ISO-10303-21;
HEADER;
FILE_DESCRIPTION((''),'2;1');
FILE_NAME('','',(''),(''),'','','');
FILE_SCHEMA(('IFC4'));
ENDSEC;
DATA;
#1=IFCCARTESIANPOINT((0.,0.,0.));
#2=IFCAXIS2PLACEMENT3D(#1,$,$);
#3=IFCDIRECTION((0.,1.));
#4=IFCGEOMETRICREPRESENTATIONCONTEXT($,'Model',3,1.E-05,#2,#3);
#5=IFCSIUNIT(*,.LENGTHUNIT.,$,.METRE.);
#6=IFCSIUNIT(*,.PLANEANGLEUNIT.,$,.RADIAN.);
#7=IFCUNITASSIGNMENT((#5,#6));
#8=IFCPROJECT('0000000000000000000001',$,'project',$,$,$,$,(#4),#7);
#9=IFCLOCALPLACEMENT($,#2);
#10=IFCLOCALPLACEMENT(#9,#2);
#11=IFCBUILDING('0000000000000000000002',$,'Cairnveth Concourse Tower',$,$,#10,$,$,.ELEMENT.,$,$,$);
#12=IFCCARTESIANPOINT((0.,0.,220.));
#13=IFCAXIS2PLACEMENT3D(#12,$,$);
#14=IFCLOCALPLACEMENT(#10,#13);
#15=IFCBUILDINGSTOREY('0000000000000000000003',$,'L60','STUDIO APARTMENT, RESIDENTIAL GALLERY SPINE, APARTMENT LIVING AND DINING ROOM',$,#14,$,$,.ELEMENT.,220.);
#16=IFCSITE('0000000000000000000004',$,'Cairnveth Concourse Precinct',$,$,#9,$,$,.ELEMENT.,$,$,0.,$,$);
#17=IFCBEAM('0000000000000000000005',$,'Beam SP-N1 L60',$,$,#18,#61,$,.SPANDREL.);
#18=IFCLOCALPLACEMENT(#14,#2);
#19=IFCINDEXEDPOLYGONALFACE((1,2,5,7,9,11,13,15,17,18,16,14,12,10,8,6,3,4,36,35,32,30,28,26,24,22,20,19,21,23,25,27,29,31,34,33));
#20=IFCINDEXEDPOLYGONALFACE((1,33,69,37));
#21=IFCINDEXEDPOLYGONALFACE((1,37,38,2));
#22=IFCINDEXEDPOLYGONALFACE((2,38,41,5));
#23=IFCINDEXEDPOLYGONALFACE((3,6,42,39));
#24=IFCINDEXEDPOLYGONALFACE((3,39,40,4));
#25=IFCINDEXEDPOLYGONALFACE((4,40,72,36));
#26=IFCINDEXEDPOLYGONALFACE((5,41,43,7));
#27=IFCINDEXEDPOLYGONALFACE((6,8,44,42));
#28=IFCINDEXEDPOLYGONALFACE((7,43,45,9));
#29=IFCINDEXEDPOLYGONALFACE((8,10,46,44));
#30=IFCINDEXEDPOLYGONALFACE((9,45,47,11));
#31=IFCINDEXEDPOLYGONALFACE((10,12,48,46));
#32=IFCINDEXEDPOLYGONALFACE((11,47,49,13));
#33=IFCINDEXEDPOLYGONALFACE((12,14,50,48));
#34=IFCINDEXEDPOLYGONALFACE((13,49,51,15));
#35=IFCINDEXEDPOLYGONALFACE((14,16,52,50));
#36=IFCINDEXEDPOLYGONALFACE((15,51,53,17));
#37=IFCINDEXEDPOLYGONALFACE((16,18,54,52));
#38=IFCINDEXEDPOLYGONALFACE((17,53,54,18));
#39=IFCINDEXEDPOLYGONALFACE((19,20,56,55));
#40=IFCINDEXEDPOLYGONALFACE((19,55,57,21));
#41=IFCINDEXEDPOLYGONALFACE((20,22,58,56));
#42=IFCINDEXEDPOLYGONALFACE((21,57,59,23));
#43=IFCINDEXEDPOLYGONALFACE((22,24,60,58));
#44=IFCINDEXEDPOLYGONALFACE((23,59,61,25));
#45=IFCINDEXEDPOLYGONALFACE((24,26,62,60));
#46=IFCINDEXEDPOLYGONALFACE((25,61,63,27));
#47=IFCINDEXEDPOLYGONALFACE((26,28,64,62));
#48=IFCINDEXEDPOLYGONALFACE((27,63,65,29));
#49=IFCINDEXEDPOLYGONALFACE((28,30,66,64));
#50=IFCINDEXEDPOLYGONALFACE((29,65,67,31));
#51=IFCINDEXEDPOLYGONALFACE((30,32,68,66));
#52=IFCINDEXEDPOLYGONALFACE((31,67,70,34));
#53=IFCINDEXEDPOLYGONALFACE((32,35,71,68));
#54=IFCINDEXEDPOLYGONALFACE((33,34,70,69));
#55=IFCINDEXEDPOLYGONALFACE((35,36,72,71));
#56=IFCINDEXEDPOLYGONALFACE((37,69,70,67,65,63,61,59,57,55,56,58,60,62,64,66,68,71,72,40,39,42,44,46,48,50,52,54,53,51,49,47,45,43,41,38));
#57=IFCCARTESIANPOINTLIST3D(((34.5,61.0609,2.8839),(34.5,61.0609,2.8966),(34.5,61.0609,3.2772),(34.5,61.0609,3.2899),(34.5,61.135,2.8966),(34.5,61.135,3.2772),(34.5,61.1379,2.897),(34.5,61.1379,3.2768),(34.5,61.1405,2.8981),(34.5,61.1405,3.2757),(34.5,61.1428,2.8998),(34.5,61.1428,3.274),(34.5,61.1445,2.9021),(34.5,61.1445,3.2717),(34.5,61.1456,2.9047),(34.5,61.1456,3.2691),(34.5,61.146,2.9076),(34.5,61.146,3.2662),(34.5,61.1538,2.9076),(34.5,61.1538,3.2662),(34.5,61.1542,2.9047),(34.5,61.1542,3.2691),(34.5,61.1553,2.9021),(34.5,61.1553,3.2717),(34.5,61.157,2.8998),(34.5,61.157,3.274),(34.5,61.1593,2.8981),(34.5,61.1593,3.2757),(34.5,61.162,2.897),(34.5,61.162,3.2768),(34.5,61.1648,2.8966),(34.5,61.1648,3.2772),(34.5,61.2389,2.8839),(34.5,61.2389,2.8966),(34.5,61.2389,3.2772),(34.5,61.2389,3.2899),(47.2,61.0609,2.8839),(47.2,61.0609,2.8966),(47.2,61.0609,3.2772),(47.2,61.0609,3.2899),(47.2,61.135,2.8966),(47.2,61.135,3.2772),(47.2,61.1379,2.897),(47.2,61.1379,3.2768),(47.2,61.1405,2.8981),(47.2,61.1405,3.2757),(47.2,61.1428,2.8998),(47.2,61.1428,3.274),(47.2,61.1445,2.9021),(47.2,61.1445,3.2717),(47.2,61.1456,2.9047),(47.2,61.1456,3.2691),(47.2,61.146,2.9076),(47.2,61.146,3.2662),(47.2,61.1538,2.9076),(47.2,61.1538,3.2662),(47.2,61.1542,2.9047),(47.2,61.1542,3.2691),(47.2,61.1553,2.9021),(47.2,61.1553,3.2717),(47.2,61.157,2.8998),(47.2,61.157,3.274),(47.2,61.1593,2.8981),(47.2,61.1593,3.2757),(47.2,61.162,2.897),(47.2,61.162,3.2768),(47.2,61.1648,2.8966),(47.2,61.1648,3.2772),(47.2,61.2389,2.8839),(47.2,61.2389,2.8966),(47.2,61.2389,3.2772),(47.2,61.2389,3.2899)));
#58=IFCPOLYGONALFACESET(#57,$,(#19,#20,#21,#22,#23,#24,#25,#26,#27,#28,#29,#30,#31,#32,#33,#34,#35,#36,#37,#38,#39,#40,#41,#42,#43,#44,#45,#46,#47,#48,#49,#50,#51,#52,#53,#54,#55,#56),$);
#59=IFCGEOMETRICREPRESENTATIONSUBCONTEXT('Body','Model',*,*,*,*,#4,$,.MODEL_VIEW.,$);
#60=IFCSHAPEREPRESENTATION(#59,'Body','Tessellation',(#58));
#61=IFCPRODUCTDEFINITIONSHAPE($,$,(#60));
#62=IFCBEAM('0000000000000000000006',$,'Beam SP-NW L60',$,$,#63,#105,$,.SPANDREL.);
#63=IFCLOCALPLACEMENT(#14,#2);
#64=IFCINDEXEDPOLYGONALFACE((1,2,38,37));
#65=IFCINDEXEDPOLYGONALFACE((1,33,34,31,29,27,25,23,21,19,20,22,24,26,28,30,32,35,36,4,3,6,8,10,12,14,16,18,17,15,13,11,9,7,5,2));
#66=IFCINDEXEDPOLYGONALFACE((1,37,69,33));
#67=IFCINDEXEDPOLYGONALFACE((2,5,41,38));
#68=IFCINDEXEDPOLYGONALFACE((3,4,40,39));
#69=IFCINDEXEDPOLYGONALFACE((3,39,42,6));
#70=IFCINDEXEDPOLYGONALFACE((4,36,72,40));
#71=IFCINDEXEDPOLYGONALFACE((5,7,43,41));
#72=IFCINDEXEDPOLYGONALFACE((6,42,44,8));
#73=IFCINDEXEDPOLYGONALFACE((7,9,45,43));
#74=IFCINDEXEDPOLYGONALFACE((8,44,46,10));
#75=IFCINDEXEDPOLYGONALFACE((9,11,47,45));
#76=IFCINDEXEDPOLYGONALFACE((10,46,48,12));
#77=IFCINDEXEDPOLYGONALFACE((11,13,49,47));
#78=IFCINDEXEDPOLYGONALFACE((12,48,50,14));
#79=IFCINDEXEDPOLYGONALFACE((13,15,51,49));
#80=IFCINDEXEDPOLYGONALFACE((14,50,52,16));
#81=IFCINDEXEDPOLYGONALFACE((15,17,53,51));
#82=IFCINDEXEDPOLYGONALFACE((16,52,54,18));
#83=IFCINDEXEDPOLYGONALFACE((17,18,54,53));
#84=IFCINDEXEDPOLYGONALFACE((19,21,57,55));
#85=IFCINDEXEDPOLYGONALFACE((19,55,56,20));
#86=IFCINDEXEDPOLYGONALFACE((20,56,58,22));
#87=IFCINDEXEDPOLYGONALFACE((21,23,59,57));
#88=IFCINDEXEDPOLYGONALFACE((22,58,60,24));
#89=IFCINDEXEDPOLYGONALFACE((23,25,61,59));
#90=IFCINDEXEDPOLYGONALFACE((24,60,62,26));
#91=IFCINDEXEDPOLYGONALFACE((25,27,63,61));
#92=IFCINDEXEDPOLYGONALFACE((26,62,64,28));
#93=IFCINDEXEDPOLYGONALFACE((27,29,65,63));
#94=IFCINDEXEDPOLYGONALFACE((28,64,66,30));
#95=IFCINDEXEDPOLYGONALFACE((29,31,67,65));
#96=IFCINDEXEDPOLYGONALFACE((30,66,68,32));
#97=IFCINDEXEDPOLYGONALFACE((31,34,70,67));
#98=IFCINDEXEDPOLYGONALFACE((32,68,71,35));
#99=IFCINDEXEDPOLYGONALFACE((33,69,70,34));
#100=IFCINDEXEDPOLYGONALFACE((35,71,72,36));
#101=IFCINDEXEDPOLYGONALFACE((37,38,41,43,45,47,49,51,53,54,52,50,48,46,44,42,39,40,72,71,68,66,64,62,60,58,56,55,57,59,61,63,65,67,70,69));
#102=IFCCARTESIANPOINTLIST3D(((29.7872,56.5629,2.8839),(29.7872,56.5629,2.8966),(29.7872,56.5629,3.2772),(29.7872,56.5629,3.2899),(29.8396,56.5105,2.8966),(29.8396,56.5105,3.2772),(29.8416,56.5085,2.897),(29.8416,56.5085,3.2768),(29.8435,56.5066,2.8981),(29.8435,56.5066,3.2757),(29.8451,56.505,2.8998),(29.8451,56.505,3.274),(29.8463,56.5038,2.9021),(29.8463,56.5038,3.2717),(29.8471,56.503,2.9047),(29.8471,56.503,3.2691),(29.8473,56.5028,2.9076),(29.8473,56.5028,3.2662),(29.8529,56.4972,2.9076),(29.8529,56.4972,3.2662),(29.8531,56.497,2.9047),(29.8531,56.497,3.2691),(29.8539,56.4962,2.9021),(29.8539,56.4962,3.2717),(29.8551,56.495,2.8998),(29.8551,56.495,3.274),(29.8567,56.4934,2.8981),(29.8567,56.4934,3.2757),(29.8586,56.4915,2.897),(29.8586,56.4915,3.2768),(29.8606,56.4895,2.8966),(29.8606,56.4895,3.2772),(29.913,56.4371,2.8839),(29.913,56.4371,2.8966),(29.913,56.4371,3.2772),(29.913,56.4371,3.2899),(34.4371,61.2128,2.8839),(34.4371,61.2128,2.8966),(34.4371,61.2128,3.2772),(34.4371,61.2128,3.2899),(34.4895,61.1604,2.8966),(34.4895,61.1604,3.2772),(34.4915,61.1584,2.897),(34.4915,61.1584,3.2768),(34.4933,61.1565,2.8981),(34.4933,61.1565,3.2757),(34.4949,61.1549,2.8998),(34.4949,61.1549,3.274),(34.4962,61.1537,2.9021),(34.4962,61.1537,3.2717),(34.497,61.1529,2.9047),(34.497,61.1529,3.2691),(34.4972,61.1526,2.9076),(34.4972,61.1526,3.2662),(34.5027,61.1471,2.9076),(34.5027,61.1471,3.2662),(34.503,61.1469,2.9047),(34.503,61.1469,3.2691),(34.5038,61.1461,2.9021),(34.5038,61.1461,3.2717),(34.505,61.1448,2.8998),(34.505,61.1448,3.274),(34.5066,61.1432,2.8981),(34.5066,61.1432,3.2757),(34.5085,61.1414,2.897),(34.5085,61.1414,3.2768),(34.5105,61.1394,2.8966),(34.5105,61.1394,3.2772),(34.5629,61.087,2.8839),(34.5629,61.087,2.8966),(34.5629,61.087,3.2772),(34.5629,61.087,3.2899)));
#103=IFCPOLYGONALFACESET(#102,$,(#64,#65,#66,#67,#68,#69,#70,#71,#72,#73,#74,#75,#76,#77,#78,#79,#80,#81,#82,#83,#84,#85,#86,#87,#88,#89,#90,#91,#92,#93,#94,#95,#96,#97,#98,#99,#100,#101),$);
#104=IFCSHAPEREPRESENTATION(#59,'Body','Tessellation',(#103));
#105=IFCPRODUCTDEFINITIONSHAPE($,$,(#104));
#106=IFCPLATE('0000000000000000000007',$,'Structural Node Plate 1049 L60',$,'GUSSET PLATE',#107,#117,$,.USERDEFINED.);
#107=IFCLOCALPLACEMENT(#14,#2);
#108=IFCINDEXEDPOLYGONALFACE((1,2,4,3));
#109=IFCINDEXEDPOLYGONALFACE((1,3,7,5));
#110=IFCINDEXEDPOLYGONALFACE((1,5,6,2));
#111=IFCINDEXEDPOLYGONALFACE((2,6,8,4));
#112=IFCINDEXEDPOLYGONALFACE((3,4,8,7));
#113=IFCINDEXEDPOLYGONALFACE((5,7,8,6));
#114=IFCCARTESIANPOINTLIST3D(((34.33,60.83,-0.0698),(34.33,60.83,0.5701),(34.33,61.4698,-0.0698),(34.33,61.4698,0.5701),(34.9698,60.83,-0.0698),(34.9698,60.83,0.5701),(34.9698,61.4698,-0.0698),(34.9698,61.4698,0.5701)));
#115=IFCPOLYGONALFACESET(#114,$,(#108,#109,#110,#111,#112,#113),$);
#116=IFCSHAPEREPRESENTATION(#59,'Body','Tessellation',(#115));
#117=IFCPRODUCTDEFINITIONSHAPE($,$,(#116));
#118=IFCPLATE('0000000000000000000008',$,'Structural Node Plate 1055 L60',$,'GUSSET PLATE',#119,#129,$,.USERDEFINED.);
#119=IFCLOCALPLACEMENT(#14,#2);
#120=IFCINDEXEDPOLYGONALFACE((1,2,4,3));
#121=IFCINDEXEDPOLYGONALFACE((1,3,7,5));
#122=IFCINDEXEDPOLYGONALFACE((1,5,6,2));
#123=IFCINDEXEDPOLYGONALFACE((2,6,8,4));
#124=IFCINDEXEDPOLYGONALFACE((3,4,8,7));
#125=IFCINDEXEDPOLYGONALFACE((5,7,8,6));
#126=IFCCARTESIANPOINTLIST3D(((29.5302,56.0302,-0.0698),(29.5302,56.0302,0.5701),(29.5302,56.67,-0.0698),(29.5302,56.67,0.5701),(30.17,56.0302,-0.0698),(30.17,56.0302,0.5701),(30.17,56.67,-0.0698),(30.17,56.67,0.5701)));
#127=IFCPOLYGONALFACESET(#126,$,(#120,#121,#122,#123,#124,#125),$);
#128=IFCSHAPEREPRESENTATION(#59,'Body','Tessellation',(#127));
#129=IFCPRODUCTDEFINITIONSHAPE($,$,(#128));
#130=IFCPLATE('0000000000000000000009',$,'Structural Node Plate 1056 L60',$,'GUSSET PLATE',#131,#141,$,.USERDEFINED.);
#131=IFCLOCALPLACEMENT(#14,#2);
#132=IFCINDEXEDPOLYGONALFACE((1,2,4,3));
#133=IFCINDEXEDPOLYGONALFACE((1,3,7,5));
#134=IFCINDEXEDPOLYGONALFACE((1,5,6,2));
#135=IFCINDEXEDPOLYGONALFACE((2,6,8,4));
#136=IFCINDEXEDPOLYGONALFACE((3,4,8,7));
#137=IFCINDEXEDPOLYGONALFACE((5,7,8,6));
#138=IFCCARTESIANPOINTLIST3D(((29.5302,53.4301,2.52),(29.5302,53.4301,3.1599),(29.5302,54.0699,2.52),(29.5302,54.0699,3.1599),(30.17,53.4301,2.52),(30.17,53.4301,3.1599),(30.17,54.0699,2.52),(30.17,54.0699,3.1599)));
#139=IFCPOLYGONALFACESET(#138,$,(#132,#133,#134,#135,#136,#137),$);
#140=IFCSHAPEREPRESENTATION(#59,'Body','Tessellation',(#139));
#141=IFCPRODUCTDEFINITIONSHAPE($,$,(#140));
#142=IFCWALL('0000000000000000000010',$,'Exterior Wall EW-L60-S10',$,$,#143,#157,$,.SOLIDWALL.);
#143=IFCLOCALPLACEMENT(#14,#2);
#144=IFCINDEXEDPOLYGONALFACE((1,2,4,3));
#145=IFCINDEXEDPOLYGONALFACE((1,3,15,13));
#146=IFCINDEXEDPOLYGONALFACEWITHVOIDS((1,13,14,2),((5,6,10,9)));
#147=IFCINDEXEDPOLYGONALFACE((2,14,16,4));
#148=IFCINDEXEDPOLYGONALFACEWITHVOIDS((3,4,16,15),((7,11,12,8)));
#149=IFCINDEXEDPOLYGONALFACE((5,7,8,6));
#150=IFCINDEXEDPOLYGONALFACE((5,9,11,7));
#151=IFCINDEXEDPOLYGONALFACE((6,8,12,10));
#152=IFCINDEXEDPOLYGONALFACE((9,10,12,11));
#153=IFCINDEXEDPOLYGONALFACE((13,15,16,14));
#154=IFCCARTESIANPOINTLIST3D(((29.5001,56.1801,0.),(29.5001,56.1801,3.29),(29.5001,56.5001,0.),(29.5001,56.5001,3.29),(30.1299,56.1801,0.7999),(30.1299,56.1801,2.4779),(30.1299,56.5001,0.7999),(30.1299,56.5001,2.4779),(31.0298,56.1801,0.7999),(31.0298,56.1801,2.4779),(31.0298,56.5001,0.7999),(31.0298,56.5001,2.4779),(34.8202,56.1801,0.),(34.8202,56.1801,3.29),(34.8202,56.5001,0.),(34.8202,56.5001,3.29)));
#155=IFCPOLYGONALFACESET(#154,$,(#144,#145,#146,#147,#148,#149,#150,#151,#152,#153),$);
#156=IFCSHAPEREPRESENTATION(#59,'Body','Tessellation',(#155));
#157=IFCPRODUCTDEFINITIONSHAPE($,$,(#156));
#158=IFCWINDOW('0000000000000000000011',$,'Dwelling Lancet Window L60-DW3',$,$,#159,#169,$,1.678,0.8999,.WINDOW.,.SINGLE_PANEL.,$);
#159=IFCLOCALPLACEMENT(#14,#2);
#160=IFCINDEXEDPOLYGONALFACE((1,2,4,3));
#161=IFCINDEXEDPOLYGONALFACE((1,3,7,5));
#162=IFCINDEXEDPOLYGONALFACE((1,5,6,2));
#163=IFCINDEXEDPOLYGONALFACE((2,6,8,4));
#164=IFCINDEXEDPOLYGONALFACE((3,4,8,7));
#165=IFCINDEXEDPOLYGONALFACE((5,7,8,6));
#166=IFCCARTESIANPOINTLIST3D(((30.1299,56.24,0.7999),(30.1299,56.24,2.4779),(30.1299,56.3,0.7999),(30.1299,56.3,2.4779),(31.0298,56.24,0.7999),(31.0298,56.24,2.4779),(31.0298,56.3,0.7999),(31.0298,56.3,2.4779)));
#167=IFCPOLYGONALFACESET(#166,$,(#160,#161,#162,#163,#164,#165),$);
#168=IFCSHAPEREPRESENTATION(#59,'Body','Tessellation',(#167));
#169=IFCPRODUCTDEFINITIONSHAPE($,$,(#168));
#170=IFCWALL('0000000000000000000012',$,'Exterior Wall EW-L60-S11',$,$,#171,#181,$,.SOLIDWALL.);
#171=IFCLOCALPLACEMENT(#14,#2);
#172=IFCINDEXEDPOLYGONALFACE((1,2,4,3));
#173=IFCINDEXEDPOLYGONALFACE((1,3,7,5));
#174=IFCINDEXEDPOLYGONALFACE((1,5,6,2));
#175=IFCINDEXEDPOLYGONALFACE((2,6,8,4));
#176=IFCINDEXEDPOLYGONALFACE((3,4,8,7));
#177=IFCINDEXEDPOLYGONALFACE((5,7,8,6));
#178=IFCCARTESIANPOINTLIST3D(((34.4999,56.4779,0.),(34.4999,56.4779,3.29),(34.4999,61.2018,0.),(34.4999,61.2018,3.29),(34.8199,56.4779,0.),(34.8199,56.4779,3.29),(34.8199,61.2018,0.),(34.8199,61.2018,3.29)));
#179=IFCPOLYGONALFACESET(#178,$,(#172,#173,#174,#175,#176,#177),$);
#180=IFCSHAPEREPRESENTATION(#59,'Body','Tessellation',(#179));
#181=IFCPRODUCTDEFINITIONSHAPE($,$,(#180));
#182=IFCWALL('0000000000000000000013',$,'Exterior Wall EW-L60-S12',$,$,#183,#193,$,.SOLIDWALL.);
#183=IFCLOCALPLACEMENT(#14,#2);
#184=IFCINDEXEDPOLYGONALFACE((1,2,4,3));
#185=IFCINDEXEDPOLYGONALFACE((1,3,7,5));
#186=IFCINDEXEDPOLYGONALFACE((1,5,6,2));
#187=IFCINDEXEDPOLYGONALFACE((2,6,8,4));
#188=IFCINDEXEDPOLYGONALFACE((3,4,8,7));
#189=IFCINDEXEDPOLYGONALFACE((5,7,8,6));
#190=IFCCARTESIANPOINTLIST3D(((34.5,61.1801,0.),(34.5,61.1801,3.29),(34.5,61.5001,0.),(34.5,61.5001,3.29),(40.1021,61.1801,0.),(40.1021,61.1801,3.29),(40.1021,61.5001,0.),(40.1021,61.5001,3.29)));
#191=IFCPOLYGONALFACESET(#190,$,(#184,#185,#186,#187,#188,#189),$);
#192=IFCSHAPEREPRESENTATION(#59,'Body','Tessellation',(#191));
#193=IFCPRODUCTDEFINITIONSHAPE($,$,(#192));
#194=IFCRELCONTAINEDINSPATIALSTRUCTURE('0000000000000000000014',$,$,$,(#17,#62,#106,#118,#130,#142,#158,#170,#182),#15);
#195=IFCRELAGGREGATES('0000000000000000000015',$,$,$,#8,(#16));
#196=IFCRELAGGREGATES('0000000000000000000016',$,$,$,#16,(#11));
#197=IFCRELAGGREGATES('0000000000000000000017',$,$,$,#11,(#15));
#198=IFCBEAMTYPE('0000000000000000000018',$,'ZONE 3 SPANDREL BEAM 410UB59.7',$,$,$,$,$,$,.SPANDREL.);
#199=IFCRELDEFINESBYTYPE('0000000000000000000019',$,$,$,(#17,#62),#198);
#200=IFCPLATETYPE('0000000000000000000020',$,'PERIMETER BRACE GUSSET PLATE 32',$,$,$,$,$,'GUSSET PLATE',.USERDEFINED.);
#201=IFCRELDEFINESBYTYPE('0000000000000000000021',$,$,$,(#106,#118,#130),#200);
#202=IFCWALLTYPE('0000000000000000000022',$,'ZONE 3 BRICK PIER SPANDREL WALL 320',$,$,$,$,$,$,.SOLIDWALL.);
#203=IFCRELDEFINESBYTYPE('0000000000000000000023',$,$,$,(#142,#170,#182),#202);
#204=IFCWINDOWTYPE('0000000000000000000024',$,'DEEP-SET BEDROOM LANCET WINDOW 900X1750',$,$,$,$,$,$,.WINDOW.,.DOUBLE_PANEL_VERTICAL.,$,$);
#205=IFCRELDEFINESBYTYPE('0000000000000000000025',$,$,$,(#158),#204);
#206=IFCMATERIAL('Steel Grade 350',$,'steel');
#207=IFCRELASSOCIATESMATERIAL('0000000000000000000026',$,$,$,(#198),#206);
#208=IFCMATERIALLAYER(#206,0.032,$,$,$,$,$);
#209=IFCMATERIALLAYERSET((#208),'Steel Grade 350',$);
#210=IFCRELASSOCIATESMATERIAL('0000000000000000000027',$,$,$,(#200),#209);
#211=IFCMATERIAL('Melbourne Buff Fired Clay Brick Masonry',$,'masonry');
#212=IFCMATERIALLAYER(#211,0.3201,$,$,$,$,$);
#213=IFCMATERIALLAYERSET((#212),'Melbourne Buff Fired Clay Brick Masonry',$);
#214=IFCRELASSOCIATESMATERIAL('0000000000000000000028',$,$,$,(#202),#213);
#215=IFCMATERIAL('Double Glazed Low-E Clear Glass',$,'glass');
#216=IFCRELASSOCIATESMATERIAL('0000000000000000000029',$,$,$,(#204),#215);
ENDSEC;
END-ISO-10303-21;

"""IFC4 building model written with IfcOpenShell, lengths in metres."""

from ifc_helpers import new_model, si_unit, direction, frame, frame_2d, origin, origin_2d, place, context, subcontext, project, spatial, rectangle, i_section, extrude, material, layer, layer_set, material_profile, profile_set, type_object, element, fill, save


model = new_model("IFC4")

# Units and contexts
model_context = context("Model", 3, precision=1e-05, world=origin(), true_north=direction((0.0, 1.0)))
body_context = subcontext(model_context, "Body", "Model", "MODEL_VIEW")
ifc_project = project(units=[si_unit("LENGTHUNIT", "METRE"), si_unit("PLANEANGLEUNIT", "RADIAN")], contexts=[model_context])

# Site, building, storey
site_placement = place(None, origin())
site = spatial("IfcSite", under=ifc_project, at=site_placement, Name="Cairnveth Concourse Precinct", CompositionType="ELEMENT", RefElevation=0.0)
building_placement = place(site_placement, origin())
building = spatial("IfcBuilding", under=site, at=building_placement, Name="Cairnveth Concourse Tower", CompositionType="ELEMENT")
storey_placement = place(building_placement, frame((0.0, 0.0, 220.0)))
storey = spatial("IfcBuildingStorey", under=building, at=storey_placement, Name="L60", Description="STUDIO APARTMENT, RESIDENTIAL GALLERY SPINE, APARTMENT LIVING AND DINING ROOM", CompositionType="ELEMENT", Elevation=220.0)

# Shared definitions
ifc_material_1 = material(Name="Steel Grade 350", Category="steel")

# Beams
ifc_material_profile_1 = material_profile(ifc_material_1, i_section(OverallWidth=0.178, OverallDepth=0.406, WebThickness=0.0078, FlangeThickness=0.0127, FilletRadius=0.011, at=origin_2d()), Name="410UB59.7")
ifc_profile_set_1 = profile_set([ifc_material_profile_1], Name="Steel Grade 350")
beam_type_1 = type_object("IfcBeamType", Name="ZONE 3 SPANDREL BEAM 410UB59.7", PredefinedType="SPANDREL", material=ifc_profile_set_1)
beam_1_placement = place(storey_placement, frame((34.5, 61.1499, 3.0869), z_axis=(1.0, 0.0, 0.0), x_axis=(0.0, 1.0, 0.0)))
element("IfcBeam", 1, at=beam_1_placement, inside=storey, type_object=beam_type_1, Name="Beam SP-N1 L60", PredefinedType="SPANDREL", context=body_context, shape_type="SweptSolid", body=[
    extrude(i_section(OverallWidth=0.178, OverallDepth=0.406, WebThickness=0.0078, FlangeThickness=0.0127, FilletRadius=0.011, at=origin_2d()), origin(), (0.0, 0.0, 1.0), 12.7),
])
beam_2_placement = place(storey_placement, frame((29.8501, 56.5, 3.0869), z_axis=(0.707107, 0.707107, 0.0), x_axis=(-0.707107, 0.707107, 0.0)))
element("IfcBeam", 2, at=beam_2_placement, inside=storey, type_object=beam_type_1, Name="Beam SP-NW L60", PredefinedType="SPANDREL", context=body_context, shape_type="SweptSolid", body=[
    extrude(i_section(OverallWidth=0.178, OverallDepth=0.406, WebThickness=0.0078, FlangeThickness=0.0127, FilletRadius=0.011, at=origin_2d()), origin(), (0.0, 0.0, 1.0), 6.5759),
])

# Plates
ifc_layer_1 = layer(ifc_material_1, 0.032)
ifc_layer_set_1 = layer_set([ifc_layer_1], Name="Steel Grade 350")
plate_type = type_object("IfcPlateType", Name="PERIMETER BRACE GUSSET PLATE 32", ElementType="GUSSET PLATE", PredefinedType="USERDEFINED", material=ifc_layer_set_1)
for number, where, z_axis, x_axis, name in (
    (3, (34.6499, 61.1499, -0.0698), (0.0, 0.0, 1.0), (1.0, 0.0, 0.0), "Structural Node Plate 1049 L60"),
    (4, (29.8501, 56.3501, -0.0698), (0.0, 0.0, 1.0), (1.0, 0.0, 0.0), "Structural Node Plate 1055 L60"),
    (5, (29.8501, 53.75, 2.52), (0.0, 0.0, 1.0), (1.0, 0.0, 0.0), "Structural Node Plate 1056 L60"),
):
    element("IfcPlate", number, at=place(storey_placement, frame(where, z_axis=z_axis, x_axis=x_axis)), inside=storey, type_object=plate_type, Name=name, ObjectType="GUSSET PLATE", PredefinedType="USERDEFINED", context=body_context, shape_type="SweptSolid", body=[
        extrude(rectangle(XDim=0.6399, YDim=0.6399, at=origin_2d()), origin(), (0.0, 0.0, 1.0), 0.6399),
    ])

# Wall, opening, window
ifc_material_2 = material(Name="Melbourne Buff Fired Clay Brick Masonry", Category="masonry")
ifc_layer_2 = layer(ifc_material_2, 0.3201)
ifc_layer_set_2 = layer_set([ifc_layer_2], Name="Melbourne Buff Fired Clay Brick Masonry")
wall_type = type_object("IfcWallType", Name="ZONE 3 BRICK PIER SPANDREL WALL 320", PredefinedType="SOLIDWALL", material=ifc_layer_set_2)
wall_1_placement = place(storey_placement, frame((29.5, 56.3401, 0.0), z_axis=(0.0, 0.0, 1.0), x_axis=(1.0, 0.0, 0.0)))
wall_1 = element("IfcWall", 6, at=wall_1_placement, inside=storey, type_object=wall_type, Name="Exterior Wall EW-L60-S10", PredefinedType="SOLIDWALL", context=body_context, shape_type="SweptSolid", body=[
    extrude(rectangle(XDim=5.3201, YDim=0.3201, at=frame_2d((2.6602, 0.0))), origin(), (0.0, 0.0, 1.0), 3.29),
])
opening_placement = place(wall_1_placement, frame((0.6299, 0.0, 0.8)))
opening = element("IfcOpeningElement", 7, at=opening_placement, cuts=wall_1, PredefinedType="OPENING", context=body_context, shape_type="SweptSolid", body=[
    extrude(rectangle(XDim=0.8999, YDim=1.678, at=frame_2d((0.45, 0.8389))), frame((0.0, 0.1699, 0.0), z_axis=(0.0, -1.0, 0.0), x_axis=(1.0, 0.0, 0.0)), (0.0, 0.0, 1.0), 0.3401),
])
ifc_material_3 = material(Name="Double Glazed Low-E Clear Glass", Category="glass")
window_type = type_object("IfcWindowType", Name="DEEP-SET BEDROOM LANCET WINDOW 900X1750", PartitioningType="DOUBLE_PANEL_VERTICAL", PredefinedType="WINDOW", material=ifc_material_3)
window_placement = place(opening_placement, origin())
window = element("IfcWindow", 8, at=window_placement, inside=storey, type_object=window_type, Name="Dwelling Lancet Window L60-DW3", OverallHeight=1.678, OverallWidth=0.8999, PartitioningType="SINGLE_PANEL", PredefinedType="WINDOW", context=body_context, shape_type="SweptSolid", body=[
    extrude(rectangle(XDim=0.8999, YDim=1.678, at=frame_2d((0.45, 0.8389))), frame((0.0, -0.04, 0.0), z_axis=(0.0, -1.0, 0.0), x_axis=(1.0, 0.0, 0.0)), (0.0, 0.0, 1.0), 0.0601),
])
fill(opening, window)

# Walls
wall_2_placement = place(storey_placement, frame((34.6599, 56.478, 0.0), z_axis=(0.0, 0.0, 1.0), x_axis=(0.0, 1.0, 0.0)))
element("IfcWall", 9, at=wall_2_placement, inside=storey, type_object=wall_type, Name="Exterior Wall EW-L60-S11", PredefinedType="SOLIDWALL", context=body_context, shape_type="SweptSolid", body=[
    extrude(rectangle(XDim=4.7239, YDim=0.3201, at=frame_2d((2.3618, 0.0))), origin(), (0.0, 0.0, 1.0), 3.29),
])
wall_3_placement = place(storey_placement, frame((34.5, 61.3401, 0.0), z_axis=(0.0, 0.0, 1.0), x_axis=(1.0, 0.0, 0.0)))
element("IfcWall", 10, at=wall_3_placement, inside=storey, type_object=wall_type, Name="Exterior Wall EW-L60-S12", PredefinedType="SOLIDWALL", context=body_context, shape_type="SweptSolid", body=[
    extrude(rectangle(XDim=5.6021, YDim=0.3201, at=frame_2d((2.801, 0.0))), origin(), (0.0, 0.0, 1.0), 3.29),
])

save(model, "model.ifc")
